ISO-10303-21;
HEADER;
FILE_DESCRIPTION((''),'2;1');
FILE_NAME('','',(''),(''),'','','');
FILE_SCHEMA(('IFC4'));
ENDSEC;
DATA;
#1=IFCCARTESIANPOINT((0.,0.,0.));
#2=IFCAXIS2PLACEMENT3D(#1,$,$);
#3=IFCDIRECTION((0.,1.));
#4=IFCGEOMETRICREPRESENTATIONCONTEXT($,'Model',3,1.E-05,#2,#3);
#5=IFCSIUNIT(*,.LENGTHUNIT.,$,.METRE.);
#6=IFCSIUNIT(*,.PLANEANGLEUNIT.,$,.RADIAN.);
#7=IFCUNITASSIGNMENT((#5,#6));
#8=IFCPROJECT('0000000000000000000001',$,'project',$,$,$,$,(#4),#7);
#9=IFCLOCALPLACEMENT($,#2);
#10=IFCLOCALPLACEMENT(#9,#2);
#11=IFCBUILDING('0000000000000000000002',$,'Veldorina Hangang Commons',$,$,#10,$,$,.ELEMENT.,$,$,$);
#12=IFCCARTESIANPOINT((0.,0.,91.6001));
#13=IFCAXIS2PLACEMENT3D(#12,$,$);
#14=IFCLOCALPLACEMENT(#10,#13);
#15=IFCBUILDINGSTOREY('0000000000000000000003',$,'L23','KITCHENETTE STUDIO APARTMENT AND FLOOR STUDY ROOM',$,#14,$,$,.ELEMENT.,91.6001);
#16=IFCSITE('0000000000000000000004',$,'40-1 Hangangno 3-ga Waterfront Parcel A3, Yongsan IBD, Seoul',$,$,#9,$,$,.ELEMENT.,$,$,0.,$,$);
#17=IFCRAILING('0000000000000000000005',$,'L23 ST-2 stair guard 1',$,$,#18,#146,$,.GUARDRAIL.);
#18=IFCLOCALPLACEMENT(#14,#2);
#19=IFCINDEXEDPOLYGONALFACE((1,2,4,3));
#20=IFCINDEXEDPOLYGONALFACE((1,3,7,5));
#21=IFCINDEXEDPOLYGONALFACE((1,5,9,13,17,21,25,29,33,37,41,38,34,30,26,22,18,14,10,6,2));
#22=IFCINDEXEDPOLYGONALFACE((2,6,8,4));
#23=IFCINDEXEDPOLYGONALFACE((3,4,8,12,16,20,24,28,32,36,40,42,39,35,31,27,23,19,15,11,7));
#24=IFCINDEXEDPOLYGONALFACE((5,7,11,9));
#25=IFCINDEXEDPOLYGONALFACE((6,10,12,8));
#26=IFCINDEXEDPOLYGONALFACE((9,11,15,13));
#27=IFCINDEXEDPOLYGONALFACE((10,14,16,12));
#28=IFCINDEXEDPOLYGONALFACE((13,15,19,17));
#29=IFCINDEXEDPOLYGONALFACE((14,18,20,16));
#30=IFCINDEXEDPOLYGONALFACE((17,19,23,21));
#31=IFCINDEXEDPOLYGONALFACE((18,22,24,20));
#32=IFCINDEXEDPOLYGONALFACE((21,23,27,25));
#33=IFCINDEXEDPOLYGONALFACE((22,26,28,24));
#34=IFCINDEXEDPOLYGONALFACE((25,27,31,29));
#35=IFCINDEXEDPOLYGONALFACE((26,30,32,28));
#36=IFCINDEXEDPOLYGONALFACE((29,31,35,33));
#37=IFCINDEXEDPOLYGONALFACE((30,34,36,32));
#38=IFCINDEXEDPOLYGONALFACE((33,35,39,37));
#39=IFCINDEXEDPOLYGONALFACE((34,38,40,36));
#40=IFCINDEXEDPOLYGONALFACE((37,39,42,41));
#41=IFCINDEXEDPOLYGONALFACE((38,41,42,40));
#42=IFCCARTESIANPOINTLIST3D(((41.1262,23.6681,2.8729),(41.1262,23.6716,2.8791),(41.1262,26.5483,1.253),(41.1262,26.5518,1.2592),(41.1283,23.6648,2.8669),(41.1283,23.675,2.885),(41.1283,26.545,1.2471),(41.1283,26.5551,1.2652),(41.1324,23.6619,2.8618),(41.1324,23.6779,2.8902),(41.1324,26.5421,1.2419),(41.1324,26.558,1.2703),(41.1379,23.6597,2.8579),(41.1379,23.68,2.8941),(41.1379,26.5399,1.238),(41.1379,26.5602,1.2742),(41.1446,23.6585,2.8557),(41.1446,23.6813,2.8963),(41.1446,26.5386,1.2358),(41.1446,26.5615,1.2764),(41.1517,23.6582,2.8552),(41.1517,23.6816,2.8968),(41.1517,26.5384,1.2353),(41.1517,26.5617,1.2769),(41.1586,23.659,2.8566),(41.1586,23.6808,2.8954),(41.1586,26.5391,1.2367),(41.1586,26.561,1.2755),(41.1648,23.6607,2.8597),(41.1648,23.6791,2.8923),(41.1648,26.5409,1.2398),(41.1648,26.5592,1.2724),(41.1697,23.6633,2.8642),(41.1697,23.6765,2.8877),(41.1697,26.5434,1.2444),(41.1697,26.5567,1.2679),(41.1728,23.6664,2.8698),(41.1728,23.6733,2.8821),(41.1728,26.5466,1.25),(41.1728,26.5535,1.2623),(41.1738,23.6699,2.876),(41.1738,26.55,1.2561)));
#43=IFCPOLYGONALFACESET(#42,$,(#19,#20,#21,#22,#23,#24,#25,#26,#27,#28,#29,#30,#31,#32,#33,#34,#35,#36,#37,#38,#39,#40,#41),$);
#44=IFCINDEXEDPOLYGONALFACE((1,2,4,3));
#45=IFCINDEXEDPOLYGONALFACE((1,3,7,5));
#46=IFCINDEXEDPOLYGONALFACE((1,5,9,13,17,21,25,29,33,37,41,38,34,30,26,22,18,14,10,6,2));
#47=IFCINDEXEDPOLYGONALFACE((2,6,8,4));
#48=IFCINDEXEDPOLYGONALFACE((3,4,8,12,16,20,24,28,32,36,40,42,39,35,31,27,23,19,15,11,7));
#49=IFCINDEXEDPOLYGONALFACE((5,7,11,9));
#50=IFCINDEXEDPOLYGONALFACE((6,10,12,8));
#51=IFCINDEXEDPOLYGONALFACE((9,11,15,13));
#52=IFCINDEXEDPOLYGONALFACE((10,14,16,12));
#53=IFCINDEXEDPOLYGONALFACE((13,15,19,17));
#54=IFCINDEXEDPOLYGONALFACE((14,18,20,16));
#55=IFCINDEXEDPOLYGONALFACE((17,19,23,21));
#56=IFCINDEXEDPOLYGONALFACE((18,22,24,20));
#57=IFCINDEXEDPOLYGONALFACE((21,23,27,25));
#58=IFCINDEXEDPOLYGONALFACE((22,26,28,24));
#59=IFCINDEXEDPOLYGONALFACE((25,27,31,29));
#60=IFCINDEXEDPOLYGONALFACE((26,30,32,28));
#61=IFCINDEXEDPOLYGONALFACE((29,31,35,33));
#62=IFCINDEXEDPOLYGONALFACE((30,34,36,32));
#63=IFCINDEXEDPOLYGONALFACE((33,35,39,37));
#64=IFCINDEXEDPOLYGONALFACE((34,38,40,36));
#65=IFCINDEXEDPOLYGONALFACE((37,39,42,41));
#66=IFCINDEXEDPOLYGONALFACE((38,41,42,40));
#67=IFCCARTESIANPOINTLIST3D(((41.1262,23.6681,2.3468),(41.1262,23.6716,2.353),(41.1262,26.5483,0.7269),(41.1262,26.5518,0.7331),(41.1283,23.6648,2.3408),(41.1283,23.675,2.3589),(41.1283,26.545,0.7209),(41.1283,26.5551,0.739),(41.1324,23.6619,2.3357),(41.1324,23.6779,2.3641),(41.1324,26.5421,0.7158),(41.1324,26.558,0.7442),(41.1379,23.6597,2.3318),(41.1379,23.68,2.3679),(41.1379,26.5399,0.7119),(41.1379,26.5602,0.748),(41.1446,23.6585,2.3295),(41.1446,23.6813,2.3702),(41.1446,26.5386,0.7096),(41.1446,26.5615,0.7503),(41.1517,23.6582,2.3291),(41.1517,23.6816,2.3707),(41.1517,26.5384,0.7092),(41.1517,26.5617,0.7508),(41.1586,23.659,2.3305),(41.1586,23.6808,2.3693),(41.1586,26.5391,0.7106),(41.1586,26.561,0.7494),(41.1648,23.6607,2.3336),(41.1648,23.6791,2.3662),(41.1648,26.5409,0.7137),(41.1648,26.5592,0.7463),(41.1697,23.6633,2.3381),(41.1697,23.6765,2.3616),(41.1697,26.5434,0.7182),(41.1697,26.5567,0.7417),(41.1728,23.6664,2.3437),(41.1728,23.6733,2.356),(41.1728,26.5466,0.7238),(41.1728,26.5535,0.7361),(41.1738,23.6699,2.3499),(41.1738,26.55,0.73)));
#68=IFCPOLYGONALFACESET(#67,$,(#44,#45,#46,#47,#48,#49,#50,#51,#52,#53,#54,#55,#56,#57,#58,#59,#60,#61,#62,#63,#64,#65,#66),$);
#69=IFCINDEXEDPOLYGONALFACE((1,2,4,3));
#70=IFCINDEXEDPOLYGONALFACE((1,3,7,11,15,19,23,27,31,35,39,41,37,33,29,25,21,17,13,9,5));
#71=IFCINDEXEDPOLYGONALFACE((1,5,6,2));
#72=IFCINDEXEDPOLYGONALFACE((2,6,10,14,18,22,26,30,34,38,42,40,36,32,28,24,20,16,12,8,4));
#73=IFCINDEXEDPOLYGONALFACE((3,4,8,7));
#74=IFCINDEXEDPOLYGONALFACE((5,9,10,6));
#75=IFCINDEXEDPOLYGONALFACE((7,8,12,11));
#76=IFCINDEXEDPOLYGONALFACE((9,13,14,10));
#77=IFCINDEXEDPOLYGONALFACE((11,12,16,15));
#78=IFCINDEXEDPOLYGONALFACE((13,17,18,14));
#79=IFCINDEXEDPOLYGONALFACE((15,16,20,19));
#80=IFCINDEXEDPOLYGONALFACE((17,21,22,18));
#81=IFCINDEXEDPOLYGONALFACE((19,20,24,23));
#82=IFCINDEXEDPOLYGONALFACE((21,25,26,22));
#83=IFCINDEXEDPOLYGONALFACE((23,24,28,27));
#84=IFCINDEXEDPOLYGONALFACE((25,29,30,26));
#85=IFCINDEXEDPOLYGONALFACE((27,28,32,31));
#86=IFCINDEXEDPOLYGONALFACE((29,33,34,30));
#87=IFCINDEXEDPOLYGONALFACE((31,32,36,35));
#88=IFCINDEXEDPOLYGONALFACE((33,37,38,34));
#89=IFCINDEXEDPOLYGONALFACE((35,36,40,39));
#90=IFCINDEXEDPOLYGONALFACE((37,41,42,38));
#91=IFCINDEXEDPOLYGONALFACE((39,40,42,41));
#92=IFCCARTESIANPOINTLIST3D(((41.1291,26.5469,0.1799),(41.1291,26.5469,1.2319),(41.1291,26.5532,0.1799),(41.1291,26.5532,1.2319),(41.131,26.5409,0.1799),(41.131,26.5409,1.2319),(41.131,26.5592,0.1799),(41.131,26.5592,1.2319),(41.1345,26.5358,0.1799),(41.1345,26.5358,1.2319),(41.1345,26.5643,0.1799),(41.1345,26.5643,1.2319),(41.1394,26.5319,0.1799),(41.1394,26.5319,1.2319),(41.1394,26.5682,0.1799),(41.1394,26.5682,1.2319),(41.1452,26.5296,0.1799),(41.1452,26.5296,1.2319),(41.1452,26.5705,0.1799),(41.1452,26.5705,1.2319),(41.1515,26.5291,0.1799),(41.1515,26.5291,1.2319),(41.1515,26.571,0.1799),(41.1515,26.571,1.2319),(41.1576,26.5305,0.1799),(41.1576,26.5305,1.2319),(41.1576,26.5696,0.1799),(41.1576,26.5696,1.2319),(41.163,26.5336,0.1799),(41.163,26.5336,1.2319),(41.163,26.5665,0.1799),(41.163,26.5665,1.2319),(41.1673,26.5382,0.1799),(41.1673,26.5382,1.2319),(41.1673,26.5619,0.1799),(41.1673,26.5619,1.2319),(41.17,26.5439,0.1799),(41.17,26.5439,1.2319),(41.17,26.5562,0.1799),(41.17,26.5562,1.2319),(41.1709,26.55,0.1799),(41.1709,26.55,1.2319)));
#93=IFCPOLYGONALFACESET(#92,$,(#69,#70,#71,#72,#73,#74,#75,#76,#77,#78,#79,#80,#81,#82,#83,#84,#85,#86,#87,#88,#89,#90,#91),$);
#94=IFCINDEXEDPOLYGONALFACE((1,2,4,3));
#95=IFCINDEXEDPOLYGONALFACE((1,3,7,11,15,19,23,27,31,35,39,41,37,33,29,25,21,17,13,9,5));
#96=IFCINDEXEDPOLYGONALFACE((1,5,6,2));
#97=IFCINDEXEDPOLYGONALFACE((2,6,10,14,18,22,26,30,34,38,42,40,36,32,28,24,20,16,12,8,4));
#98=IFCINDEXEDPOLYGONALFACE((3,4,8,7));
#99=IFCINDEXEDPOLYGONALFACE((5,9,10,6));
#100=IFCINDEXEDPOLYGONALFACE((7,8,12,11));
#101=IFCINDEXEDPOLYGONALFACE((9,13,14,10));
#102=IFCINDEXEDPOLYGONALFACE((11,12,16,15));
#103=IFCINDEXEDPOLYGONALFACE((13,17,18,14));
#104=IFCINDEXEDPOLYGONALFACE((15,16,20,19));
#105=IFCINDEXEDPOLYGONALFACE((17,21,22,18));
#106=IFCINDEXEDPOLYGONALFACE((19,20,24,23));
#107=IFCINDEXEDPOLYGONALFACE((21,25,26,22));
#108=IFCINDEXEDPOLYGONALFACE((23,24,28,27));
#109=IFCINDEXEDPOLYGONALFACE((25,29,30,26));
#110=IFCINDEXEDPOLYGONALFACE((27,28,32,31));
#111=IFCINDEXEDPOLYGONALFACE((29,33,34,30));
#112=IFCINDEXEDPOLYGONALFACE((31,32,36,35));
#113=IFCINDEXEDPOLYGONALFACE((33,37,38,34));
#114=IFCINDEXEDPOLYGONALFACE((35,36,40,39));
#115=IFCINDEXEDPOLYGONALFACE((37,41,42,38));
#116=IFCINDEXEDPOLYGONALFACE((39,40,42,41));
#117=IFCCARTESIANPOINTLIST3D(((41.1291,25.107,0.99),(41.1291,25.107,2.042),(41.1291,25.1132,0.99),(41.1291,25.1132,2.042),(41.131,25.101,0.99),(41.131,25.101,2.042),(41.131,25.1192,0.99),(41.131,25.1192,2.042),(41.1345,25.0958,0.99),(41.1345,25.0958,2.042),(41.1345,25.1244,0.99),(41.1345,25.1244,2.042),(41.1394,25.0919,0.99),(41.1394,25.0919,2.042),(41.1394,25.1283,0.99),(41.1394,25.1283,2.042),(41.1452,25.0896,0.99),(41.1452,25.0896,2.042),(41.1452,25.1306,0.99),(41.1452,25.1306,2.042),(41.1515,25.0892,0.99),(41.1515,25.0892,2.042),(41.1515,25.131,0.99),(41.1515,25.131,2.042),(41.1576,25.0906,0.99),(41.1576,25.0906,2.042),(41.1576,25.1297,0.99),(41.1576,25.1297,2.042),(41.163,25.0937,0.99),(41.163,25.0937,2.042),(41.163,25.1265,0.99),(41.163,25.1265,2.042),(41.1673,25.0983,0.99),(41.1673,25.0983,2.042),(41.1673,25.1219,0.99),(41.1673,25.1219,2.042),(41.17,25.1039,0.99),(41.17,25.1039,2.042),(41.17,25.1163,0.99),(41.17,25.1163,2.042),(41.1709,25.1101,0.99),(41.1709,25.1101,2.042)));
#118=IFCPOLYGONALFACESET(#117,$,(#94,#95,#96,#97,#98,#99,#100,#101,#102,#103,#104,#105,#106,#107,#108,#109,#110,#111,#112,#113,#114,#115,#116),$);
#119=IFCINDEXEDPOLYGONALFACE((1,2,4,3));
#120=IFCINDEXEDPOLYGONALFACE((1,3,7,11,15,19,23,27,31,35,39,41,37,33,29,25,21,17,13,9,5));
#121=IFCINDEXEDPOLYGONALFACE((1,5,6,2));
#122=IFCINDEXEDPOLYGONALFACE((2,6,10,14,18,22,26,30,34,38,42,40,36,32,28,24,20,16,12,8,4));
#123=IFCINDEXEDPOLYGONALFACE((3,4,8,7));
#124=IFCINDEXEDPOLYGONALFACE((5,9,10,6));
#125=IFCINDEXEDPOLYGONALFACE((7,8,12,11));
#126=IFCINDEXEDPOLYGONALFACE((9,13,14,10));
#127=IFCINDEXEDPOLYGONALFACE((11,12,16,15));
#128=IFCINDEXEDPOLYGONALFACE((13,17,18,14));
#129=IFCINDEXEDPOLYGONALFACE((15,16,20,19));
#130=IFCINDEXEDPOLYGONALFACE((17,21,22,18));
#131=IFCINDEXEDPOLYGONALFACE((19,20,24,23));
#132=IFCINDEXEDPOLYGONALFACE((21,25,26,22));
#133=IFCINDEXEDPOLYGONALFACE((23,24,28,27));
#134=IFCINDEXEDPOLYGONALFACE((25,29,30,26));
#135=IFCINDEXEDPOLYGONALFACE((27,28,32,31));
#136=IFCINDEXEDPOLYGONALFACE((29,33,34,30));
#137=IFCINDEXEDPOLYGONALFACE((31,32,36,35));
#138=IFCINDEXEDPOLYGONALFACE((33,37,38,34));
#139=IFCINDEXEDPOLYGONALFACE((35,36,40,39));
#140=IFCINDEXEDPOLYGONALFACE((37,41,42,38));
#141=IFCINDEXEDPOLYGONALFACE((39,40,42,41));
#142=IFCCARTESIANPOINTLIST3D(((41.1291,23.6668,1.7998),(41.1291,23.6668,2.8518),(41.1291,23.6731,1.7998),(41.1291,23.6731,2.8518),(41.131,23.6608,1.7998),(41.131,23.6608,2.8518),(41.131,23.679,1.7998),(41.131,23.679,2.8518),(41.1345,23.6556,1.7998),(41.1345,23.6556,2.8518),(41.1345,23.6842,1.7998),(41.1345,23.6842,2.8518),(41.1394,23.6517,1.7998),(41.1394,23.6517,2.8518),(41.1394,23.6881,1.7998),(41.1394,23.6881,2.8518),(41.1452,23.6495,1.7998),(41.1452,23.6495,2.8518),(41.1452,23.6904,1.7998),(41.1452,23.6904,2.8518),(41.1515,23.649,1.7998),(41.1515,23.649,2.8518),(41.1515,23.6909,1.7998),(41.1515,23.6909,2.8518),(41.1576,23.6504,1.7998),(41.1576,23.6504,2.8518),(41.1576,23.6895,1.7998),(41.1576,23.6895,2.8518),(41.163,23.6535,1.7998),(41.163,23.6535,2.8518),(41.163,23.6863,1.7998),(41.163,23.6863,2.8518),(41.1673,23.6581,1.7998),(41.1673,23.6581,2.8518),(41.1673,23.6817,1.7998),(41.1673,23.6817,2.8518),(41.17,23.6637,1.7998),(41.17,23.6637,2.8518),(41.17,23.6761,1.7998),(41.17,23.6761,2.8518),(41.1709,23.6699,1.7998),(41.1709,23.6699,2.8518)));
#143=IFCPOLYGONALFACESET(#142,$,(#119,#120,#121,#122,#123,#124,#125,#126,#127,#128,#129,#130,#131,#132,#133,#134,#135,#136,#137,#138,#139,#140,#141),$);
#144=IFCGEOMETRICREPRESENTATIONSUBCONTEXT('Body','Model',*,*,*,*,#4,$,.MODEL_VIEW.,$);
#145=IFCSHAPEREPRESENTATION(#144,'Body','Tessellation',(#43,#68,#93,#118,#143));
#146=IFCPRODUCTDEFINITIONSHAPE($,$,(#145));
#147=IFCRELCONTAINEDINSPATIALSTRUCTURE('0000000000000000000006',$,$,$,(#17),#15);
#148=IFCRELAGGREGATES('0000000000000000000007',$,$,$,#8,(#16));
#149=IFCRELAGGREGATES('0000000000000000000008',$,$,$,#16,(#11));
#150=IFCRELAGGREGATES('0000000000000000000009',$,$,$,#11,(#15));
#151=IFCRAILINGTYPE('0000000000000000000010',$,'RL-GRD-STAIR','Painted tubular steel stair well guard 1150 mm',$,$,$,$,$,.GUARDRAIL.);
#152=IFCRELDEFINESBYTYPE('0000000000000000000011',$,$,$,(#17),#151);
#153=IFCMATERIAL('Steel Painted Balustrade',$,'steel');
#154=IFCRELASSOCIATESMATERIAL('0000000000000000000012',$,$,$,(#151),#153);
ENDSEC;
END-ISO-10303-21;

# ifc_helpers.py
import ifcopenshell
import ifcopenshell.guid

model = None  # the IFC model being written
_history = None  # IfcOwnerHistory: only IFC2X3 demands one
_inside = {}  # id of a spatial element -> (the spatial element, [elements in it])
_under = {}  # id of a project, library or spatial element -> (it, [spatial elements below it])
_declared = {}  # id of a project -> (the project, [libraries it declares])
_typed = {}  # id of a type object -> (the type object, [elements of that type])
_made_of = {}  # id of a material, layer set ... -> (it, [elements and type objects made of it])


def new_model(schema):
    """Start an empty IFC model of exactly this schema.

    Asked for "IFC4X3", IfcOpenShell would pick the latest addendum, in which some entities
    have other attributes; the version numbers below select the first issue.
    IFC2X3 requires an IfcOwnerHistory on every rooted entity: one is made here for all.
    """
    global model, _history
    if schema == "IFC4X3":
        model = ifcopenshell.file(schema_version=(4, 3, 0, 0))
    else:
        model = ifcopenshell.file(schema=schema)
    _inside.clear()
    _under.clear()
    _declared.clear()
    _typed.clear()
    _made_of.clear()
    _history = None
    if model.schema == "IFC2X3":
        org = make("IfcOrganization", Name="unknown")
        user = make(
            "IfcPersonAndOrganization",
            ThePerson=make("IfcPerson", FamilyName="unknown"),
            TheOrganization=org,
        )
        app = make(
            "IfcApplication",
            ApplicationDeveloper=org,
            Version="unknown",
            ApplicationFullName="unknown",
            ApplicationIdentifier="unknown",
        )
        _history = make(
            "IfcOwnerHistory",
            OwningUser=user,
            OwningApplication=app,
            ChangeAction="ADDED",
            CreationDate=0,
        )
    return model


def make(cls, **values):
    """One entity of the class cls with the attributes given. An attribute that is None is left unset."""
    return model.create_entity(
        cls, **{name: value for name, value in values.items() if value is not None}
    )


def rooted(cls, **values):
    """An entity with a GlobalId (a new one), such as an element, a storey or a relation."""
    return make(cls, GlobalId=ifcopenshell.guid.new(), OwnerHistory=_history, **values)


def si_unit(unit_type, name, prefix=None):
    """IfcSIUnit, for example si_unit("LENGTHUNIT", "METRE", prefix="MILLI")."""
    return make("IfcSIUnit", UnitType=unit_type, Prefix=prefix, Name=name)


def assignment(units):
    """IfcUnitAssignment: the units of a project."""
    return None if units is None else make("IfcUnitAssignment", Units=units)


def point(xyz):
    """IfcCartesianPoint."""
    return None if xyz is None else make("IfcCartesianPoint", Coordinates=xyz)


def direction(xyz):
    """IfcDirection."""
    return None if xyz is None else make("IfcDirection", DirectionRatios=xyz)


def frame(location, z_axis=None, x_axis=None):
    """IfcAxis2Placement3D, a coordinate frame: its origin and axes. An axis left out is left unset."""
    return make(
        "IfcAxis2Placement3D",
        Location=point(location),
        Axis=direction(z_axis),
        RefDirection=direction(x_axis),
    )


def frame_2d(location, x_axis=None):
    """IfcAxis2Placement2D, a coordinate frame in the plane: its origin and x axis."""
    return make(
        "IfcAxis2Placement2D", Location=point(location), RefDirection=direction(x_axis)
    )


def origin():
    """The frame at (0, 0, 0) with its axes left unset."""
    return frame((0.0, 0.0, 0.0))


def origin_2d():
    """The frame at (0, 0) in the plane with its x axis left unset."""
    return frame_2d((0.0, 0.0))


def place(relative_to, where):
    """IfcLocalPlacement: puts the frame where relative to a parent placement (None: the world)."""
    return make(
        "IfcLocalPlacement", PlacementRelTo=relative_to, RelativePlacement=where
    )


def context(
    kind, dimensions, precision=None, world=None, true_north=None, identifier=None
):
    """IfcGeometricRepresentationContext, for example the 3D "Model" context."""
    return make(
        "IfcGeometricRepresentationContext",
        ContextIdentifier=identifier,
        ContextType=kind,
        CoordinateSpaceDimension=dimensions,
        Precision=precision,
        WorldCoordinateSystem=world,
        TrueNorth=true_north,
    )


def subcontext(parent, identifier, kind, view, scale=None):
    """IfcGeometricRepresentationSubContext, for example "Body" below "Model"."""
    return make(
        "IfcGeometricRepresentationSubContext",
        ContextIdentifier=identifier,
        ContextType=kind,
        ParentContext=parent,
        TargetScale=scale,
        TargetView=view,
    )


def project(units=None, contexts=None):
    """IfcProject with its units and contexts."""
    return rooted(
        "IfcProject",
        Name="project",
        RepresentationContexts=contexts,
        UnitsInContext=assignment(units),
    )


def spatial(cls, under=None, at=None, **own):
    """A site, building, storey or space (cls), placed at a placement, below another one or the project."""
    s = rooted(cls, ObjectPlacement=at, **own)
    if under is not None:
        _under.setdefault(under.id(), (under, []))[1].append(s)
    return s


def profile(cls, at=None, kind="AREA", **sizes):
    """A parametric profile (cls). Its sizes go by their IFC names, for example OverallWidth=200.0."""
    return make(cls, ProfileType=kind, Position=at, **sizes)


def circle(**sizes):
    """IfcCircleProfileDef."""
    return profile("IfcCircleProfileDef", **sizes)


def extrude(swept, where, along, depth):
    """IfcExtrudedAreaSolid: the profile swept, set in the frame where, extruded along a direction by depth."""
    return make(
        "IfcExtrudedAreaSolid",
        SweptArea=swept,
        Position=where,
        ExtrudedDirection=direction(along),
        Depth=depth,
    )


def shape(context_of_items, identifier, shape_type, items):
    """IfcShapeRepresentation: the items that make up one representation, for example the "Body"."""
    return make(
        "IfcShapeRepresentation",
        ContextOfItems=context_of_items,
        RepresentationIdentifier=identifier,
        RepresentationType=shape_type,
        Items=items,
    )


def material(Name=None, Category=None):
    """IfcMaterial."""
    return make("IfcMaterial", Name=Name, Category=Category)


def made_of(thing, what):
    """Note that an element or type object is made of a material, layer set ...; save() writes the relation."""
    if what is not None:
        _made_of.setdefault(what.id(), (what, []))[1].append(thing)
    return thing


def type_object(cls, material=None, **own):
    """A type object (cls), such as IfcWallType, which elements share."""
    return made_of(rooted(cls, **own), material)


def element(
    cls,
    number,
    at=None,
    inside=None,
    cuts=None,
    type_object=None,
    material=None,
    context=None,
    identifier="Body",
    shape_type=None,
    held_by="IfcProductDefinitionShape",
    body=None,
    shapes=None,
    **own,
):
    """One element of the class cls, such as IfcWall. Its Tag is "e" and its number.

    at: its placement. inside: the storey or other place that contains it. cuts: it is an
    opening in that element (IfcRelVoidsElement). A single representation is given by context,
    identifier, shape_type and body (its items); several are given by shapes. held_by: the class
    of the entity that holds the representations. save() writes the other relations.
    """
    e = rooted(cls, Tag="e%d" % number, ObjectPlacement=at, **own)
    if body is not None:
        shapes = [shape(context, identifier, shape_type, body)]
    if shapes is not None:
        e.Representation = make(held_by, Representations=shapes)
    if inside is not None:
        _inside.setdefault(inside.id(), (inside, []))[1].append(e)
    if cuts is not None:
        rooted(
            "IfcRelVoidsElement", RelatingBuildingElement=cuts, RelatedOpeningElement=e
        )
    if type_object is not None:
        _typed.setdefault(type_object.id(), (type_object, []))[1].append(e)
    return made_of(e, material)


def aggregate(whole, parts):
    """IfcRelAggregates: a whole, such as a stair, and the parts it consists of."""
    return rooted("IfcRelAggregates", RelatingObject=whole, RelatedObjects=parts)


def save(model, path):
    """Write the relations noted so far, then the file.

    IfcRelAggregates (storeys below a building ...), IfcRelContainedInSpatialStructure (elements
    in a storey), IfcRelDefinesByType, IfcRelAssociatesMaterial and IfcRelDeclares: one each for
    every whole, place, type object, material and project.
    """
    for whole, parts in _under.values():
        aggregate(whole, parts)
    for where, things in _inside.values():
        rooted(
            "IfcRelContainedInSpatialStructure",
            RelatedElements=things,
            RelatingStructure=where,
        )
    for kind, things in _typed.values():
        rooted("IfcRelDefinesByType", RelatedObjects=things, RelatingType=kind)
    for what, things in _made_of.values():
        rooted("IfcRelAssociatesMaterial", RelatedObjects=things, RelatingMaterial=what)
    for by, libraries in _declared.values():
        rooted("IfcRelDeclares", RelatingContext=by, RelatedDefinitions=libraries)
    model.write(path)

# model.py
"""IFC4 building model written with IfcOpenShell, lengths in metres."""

from ifc_helpers import new_model, si_unit, direction, frame, origin, origin_2d, place, context, subcontext, project, spatial, circle, extrude, material, type_object, element, save


model = new_model("IFC4")

# Units and contexts
model_context = context("Model", 3, precision=1e-05, world=origin(), true_north=direction((0.0, 1.0)))
body_context = subcontext(model_context, "Body", "Model", "MODEL_VIEW")
ifc_project = project(units=[si_unit("LENGTHUNIT", "METRE"), si_unit("PLANEANGLEUNIT", "RADIAN")], contexts=[model_context])

# Site, building, storey
site_placement = place(None, origin())
site = spatial("IfcSite", under=ifc_project, at=site_placement, Name="40-1 Hangangno 3-ga Waterfront Parcel A3, Yongsan IBD, Seoul", CompositionType="ELEMENT", RefElevation=0.0)
building_placement = place(site_placement, origin())
building = spatial("IfcBuilding", under=site, at=building_placement, Name="Veldorina Hangang Commons", CompositionType="ELEMENT")
storey_placement = place(building_placement, frame((0.0, 0.0, 91.6001)))
storey = spatial("IfcBuildingStorey", under=building, at=storey_placement, Name="L23", Description="KITCHENETTE STUDIO APARTMENT AND FLOOR STUDY ROOM", CompositionType="ELEMENT", Elevation=91.6001)

# Railing
ifc_material_1 = material(Name="Steel Painted Balustrade", Category="steel")
railing_type_1 = type_object("IfcRailingType", Name="RL-GRD-STAIR", Description="Painted tubular steel stair well guard 1150 mm", PredefinedType="GUARDRAIL", material=ifc_material_1)
railing_1_placement = place(storey_placement, frame((41.1499, 26.55, 0.1799)))
element("IfcRailing", 1, at=railing_1_placement, inside=storey, type_object=railing_type_1, Name="L23 ST-2 stair guard 1", PredefinedType="GUARDRAIL", context=body_context, shape_type="SweptSolid", body=[
    extrude(circle(Radius=0.0239, at=origin_2d()), frame((0.0, 0.0, 1.0762), z_axis=(0.0, -0.871601, 0.490216), x_axis=(1.0, 0.0, 0.0)), (0.0, 0.0, 1.0), 3.3044),
    extrude(circle(Radius=0.0239, at=origin_2d()), frame((0.0, 0.0, 0.55), z_axis=(0.0, -0.871601, 0.490216), x_axis=(1.0, 0.0, 0.0)), (0.0, 0.0, 1.0), 3.3044),
    extrude(circle(Radius=0.021, at=origin_2d()), origin(), (0.0, 0.0, 1.0), 1.052),
    extrude(circle(Radius=0.021, at=origin_2d()), frame((0.0, -1.4399, 0.8101)), (0.0, 0.0, 1.0), 1.052),
    extrude(circle(Radius=0.021, at=origin_2d()), frame((0.0, -2.8801, 1.6199)), (0.0, 0.0, 1.0), 1.052),
])

save(model, "model.ifc")
